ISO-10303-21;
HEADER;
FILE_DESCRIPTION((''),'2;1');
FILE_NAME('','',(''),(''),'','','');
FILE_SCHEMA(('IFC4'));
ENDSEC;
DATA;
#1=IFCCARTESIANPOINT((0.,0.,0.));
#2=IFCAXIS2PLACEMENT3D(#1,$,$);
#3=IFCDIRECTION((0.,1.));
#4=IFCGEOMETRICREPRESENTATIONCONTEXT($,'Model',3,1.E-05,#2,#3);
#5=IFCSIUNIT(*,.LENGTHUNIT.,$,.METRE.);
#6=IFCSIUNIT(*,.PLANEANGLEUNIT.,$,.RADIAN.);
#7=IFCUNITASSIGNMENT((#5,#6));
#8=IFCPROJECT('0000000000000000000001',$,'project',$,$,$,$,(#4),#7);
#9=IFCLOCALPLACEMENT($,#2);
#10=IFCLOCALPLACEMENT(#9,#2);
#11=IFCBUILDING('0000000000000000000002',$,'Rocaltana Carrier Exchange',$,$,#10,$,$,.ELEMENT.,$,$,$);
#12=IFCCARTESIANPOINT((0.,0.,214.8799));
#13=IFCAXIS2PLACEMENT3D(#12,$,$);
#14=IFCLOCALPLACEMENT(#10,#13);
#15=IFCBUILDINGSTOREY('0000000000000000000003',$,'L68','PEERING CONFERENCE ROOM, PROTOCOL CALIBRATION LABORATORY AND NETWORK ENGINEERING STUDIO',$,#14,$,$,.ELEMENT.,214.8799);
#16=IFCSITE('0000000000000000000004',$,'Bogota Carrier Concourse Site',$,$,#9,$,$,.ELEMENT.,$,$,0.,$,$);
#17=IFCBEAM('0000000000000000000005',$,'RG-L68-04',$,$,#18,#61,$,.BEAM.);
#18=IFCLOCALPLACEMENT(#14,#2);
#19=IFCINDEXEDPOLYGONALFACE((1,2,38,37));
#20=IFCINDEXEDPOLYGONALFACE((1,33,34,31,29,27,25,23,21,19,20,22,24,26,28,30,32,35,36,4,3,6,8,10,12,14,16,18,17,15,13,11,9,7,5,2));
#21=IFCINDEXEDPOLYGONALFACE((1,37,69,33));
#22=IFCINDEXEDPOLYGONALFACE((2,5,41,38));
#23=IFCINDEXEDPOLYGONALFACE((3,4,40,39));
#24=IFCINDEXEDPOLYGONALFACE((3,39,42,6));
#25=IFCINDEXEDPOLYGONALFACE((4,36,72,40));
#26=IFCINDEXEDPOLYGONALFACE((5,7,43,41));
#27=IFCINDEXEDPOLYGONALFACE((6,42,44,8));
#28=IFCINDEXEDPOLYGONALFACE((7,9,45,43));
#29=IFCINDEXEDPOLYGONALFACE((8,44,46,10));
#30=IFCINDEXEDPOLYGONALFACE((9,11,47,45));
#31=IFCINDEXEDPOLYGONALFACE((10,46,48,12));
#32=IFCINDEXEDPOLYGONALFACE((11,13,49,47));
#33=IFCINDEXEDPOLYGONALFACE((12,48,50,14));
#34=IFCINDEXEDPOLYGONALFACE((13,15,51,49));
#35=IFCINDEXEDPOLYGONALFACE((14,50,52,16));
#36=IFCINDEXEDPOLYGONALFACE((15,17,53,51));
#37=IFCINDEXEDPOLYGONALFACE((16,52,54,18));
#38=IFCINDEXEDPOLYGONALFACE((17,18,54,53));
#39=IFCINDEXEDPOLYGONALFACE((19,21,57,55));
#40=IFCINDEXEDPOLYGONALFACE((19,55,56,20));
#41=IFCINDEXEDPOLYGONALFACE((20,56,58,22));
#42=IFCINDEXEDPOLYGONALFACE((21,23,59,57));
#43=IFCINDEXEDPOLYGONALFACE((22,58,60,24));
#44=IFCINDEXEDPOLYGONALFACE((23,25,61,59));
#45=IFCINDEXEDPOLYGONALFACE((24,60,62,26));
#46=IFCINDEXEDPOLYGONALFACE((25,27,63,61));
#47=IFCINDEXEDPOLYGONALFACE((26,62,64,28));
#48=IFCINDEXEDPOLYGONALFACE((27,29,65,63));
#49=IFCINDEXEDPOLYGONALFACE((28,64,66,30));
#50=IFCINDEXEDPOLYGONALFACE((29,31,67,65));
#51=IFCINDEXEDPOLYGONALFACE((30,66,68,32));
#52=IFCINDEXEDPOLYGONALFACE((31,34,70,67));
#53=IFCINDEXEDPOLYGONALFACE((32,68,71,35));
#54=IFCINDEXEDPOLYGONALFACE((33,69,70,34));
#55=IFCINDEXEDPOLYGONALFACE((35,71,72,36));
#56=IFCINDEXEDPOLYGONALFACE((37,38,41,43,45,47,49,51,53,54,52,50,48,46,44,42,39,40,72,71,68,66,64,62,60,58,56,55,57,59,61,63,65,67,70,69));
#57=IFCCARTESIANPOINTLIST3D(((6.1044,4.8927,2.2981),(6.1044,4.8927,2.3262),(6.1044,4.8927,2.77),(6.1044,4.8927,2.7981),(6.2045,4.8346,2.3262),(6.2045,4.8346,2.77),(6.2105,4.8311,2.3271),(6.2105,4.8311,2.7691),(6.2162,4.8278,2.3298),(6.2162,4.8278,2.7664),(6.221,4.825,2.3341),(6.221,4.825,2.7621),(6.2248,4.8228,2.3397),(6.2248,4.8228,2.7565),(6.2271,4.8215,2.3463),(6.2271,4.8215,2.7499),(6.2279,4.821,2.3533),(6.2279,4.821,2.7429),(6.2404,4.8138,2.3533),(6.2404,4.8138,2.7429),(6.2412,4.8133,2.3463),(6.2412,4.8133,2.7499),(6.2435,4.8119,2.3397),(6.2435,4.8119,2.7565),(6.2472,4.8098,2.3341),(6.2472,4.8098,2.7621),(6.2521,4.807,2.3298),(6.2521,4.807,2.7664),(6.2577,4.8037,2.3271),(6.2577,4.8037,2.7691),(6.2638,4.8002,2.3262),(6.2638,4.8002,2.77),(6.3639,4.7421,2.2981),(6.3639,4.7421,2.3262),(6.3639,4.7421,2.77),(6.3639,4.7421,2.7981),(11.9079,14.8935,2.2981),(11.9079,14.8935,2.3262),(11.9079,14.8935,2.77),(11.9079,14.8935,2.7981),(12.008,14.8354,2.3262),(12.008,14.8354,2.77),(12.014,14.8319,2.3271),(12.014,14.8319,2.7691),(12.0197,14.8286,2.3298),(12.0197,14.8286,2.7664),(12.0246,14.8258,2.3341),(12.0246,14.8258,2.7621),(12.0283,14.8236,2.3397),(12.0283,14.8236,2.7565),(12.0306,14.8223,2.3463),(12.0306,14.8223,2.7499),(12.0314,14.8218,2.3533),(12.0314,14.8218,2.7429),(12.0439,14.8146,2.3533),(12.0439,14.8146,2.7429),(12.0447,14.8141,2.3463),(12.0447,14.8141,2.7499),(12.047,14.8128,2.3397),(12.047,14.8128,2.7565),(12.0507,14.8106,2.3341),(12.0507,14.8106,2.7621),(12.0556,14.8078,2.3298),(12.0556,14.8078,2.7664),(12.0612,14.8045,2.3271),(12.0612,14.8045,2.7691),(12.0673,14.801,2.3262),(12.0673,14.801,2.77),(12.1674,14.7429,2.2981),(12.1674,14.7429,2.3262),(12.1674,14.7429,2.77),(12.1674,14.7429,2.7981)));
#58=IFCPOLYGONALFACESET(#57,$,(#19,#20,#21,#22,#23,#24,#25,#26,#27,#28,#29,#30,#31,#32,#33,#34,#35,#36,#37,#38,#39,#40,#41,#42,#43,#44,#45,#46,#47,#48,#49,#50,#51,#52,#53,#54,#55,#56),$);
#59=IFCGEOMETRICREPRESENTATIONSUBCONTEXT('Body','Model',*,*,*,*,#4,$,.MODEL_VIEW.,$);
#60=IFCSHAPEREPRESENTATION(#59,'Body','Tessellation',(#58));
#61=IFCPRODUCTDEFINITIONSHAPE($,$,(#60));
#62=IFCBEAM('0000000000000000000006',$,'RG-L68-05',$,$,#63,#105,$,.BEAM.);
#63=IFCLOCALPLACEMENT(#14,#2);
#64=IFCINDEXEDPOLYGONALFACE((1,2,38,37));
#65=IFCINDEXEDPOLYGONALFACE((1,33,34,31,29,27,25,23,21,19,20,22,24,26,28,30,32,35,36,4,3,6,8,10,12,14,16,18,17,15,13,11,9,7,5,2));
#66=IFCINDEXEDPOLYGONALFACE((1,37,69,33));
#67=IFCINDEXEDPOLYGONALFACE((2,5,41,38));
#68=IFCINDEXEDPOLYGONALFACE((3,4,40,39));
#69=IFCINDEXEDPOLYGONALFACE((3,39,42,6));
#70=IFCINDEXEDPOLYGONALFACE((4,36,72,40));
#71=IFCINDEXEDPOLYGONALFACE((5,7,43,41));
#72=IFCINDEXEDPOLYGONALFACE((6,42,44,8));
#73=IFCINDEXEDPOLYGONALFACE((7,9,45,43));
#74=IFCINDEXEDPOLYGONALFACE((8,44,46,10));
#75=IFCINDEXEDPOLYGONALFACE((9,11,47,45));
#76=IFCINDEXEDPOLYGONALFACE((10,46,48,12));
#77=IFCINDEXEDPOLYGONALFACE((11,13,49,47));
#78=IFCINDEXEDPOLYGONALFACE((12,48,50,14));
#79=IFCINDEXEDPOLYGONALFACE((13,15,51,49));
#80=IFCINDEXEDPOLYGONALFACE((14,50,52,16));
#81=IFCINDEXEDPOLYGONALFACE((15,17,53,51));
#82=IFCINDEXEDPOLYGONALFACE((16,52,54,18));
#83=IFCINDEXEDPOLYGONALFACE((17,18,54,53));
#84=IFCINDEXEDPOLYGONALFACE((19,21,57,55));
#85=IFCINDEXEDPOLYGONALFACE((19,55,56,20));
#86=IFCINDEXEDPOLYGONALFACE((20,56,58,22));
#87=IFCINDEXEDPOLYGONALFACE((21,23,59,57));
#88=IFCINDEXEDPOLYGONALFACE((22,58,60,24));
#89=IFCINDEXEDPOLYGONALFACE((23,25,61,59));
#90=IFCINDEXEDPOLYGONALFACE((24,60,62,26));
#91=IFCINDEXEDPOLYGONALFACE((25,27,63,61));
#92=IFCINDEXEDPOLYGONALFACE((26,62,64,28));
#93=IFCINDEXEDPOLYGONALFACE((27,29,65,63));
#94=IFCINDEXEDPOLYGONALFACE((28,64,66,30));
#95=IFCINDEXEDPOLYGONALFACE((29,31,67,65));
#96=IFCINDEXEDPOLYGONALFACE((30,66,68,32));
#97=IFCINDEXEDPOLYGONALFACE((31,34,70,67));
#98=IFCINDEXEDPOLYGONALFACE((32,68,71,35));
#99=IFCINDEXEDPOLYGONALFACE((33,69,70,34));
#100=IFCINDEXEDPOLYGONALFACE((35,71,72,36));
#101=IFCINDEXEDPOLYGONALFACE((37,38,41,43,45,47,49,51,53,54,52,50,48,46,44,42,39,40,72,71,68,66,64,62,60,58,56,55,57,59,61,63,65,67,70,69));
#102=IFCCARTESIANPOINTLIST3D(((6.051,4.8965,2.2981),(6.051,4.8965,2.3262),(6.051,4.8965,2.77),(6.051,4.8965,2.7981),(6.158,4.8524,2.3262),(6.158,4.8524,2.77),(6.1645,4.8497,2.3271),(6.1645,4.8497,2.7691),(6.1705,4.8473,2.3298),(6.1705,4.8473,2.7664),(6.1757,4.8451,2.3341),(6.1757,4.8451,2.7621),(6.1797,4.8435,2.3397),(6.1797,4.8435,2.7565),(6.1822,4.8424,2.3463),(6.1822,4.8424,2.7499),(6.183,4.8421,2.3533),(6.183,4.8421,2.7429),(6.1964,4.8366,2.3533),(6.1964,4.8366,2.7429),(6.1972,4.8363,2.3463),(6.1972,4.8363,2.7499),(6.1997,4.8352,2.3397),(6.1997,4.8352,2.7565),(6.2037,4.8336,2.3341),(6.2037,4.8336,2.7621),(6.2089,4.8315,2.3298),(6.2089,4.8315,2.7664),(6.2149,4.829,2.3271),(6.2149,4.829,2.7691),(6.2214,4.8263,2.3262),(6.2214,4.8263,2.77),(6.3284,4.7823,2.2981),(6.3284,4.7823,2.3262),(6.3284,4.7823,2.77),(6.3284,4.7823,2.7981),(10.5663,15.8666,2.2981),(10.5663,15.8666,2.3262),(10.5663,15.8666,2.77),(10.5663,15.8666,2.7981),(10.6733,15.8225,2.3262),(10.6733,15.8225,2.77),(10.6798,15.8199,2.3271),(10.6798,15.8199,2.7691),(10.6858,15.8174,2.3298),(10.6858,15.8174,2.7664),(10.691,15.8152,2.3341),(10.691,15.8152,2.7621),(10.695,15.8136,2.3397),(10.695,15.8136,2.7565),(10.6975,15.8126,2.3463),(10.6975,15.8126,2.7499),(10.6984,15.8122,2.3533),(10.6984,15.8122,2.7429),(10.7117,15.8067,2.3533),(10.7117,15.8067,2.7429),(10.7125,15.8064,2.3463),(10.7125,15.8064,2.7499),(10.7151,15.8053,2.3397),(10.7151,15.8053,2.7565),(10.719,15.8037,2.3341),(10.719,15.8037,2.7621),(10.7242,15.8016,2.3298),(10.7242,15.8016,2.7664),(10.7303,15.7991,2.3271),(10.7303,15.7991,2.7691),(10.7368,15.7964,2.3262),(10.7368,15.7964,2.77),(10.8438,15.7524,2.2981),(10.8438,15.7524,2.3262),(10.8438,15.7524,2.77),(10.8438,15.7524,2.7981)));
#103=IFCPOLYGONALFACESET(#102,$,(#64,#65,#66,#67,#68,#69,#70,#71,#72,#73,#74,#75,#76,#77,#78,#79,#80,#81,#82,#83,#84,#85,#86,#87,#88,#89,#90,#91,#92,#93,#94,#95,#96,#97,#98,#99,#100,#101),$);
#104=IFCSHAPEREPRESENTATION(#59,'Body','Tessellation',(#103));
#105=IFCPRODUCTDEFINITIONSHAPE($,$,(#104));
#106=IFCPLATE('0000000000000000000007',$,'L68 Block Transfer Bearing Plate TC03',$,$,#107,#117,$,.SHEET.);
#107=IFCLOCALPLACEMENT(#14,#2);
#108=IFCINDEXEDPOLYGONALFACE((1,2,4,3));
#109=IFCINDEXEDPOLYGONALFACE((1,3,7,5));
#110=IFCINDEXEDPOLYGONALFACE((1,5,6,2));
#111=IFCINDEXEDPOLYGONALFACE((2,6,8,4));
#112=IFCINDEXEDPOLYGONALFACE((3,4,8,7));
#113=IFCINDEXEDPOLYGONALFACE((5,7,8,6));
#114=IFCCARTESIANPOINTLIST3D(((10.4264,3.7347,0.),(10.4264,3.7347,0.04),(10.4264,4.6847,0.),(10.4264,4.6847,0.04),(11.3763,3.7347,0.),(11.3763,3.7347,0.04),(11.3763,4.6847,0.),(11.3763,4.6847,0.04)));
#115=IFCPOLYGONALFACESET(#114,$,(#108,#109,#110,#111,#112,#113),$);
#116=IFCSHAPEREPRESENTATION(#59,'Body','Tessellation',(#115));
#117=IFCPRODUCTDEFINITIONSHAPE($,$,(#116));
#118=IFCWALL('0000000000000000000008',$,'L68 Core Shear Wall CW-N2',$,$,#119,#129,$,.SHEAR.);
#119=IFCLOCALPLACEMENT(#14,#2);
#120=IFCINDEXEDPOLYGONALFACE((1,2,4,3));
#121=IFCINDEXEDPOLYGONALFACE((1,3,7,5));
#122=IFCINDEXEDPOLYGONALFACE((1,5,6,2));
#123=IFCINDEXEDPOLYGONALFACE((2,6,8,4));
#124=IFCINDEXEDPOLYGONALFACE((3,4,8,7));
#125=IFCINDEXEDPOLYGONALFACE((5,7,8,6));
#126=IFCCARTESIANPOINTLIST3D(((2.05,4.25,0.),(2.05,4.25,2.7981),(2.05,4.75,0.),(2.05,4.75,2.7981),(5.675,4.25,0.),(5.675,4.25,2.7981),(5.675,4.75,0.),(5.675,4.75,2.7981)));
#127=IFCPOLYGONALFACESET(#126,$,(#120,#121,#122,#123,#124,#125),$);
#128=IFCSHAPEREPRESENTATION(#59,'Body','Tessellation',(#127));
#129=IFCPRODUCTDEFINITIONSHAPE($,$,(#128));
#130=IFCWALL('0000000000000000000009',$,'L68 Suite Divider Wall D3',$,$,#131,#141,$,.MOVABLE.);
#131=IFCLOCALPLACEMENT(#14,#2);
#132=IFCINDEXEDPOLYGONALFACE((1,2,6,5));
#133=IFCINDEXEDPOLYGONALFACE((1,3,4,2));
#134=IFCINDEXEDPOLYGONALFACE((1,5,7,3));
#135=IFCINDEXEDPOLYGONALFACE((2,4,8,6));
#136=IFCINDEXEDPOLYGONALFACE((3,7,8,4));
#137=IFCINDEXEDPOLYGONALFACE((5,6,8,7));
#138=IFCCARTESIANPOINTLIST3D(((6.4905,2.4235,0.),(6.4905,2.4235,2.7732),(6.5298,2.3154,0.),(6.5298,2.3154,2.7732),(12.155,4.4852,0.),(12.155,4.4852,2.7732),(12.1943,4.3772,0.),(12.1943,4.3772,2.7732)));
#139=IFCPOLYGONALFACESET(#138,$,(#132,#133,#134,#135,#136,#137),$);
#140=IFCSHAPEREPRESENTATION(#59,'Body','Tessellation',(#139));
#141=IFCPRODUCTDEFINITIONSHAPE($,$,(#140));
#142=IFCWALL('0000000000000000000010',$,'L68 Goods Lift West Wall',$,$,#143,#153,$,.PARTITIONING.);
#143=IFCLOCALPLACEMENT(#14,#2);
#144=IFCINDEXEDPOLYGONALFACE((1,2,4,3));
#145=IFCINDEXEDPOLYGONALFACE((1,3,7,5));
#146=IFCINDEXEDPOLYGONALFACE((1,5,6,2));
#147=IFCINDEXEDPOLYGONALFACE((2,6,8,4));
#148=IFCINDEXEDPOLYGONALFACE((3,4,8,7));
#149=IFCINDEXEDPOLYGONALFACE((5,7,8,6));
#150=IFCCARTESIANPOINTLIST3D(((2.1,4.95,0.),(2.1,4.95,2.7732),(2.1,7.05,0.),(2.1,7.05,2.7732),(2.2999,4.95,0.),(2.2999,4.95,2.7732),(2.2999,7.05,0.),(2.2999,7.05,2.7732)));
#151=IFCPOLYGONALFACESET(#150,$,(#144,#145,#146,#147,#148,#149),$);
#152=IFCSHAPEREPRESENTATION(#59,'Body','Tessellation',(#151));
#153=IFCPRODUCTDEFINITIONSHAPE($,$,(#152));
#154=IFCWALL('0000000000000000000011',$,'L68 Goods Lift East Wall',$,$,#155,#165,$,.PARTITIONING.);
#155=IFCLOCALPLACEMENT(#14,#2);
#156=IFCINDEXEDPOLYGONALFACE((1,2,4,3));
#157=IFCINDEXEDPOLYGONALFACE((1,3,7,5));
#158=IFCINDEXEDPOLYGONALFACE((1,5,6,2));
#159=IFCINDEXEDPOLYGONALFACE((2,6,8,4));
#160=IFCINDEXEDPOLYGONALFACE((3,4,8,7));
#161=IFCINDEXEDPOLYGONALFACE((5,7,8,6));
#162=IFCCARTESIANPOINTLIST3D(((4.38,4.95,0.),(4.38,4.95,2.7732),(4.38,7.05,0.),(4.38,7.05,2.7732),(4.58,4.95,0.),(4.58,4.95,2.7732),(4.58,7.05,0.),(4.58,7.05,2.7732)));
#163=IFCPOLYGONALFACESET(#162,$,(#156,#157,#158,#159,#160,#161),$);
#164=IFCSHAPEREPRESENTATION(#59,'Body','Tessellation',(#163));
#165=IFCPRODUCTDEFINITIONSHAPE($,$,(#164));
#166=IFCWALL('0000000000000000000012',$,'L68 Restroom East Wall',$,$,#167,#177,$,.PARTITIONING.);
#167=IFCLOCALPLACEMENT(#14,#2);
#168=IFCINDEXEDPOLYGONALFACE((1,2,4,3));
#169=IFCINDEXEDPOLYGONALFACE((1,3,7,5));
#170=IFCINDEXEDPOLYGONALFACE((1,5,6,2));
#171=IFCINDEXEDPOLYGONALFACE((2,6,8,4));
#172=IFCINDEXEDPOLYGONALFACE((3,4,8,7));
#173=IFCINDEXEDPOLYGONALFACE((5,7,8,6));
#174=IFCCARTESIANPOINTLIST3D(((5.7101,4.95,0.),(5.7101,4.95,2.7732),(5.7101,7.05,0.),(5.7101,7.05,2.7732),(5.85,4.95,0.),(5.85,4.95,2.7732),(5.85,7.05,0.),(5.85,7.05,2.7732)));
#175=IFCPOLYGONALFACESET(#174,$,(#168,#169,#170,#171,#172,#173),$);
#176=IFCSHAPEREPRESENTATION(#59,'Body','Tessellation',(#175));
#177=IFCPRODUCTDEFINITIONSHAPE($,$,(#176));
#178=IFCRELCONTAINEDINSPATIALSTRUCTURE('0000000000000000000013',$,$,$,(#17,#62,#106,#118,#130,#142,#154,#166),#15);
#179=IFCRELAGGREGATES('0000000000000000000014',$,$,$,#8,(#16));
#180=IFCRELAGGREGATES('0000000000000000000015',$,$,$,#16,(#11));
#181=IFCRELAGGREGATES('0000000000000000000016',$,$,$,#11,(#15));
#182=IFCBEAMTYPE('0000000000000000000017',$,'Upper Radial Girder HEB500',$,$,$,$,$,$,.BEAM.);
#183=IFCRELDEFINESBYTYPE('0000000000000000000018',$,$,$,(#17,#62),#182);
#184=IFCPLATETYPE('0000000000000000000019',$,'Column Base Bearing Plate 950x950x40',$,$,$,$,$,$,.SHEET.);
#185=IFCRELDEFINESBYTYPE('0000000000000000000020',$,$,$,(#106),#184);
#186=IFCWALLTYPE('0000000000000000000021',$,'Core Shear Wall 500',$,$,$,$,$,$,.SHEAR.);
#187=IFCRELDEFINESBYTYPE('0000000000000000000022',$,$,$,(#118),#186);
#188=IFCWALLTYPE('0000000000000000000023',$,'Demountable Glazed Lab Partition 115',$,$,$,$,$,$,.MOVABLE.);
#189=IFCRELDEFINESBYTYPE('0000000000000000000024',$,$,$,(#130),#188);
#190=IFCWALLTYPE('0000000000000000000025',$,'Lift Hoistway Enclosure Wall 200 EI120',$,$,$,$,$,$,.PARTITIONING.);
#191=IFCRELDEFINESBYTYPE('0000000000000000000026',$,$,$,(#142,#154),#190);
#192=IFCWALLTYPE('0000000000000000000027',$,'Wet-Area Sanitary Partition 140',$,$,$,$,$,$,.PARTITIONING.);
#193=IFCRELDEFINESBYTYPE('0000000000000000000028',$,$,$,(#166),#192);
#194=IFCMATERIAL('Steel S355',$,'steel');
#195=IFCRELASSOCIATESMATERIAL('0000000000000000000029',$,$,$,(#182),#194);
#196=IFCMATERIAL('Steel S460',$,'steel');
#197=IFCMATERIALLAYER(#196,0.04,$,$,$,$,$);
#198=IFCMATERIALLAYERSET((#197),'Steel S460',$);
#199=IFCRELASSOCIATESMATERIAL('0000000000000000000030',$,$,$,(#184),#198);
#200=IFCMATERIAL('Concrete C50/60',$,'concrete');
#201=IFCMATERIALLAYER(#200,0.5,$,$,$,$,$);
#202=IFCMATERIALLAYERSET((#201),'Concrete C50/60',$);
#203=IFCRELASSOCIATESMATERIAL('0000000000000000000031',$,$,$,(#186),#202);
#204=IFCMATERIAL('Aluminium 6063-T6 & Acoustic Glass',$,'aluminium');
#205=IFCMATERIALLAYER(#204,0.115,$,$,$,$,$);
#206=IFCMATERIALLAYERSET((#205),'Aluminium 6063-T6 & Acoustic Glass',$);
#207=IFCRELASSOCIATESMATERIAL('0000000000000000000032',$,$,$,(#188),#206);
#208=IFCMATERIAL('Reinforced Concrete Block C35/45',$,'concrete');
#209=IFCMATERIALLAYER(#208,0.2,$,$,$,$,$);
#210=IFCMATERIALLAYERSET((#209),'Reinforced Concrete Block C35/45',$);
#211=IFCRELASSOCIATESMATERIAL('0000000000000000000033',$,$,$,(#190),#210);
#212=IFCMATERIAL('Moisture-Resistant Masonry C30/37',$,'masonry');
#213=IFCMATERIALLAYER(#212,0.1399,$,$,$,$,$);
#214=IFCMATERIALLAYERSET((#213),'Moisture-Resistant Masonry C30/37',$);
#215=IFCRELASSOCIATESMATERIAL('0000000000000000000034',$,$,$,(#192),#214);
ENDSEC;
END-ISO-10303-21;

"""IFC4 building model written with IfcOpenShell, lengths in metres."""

from ifc_helpers import new_model, si_unit, direction, frame, frame_2d, origin, origin_2d, place, context, subcontext, project, spatial, rectangle, i_section, extrude, material, layer, layer_set, material_profile, profile_set, type_object, element, save


model = new_model("IFC4")

# Units and contexts
model_context = context("Model", 3, precision=1e-05, world=origin(), true_north=direction((0.0, 1.0)))
body_context = subcontext(model_context, "Body", "Model", "MODEL_VIEW")
ifc_project = project(units=[si_unit("LENGTHUNIT", "METRE"), si_unit("PLANEANGLEUNIT", "RADIAN")], contexts=[model_context])

# Site, building, storey
site_placement = place(None, origin())
site = spatial("IfcSite", under=ifc_project, at=site_placement, Name="Bogota Carrier Concourse Site", CompositionType="ELEMENT", RefElevation=0.0)
building_placement = place(site_placement, origin())
building = spatial("IfcBuilding", under=site, at=building_placement, Name="Rocaltana Carrier Exchange", CompositionType="ELEMENT")
storey_placement = place(building_placement, frame((0.0, 0.0, 214.8799)))
storey = spatial("IfcBuildingStorey", under=building, at=storey_placement, Name="L68", Description="PEERING CONFERENCE ROOM, PROTOCOL CALIBRATION LABORATORY AND NETWORK ENGINEERING STUDIO", CompositionType="ELEMENT", Elevation=214.8799)

# Beams
ifc_material_1 = material(Name="Steel S355", Category="steel")
ifc_material_profile_1 = material_profile(ifc_material_1, i_section(OverallWidth=0.3, OverallDepth=0.5, WebThickness=0.0144, FlangeThickness=0.0281, FilletRadius=0.0271, at=origin_2d()), Name="HEB500")
ifc_profile_set_1 = profile_set([ifc_material_profile_1], Name="Steel S355")
beam_type_1 = type_object("IfcBeamType", Name="Upper Radial Girder HEB500", PredefinedType="BEAM", material=ifc_profile_set_1)
beam_1_placement = place(storey_placement, frame((6.2341, 4.8174, 2.5481), z_axis=(0.501915, 0.864917, 0.0), x_axis=(-0.864917, 0.501915, 0.0)))
element("IfcBeam", 1, at=beam_1_placement, inside=storey, type_object=beam_type_1, Name="RG-L68-04", PredefinedType="BEAM", context=body_context, shape_type="SweptSolid", body=[
    extrude(i_section(OverallWidth=0.3, OverallDepth=0.5, WebThickness=0.0144, FlangeThickness=0.0281, FilletRadius=0.0271, at=origin_2d()), origin(), (0.0, 0.0, 1.0), 11.5627),
])
beam_2_placement = place(storey_placement, frame((6.1897, 4.8394, 2.5481), z_axis=(0.380622, 0.924731, 0.0), x_axis=(-0.924731, 0.380622, 0.0)))
element("IfcBeam", 2, at=beam_2_placement, inside=storey, type_object=beam_type_1, Name="RG-L68-05", PredefinedType="BEAM", context=body_context, shape_type="SweptSolid", body=[
    extrude(i_section(OverallWidth=0.3, OverallDepth=0.5, WebThickness=0.0144, FlangeThickness=0.0281, FilletRadius=0.0271, at=origin_2d()), origin(), (0.0, 0.0, 1.0), 11.863),
])

# Plate
ifc_material_2 = material(Name="Steel S460", Category="steel")
ifc_layer_1 = layer(ifc_material_2, 0.04)
ifc_layer_set_1 = layer_set([ifc_layer_1], Name="Steel S460")
plate_type = type_object("IfcPlateType", Name="Column Base Bearing Plate 950x950x40", PredefinedType="SHEET", material=ifc_layer_set_1)
plate_placement = place(storey_placement, frame((10.9014, 4.2097, 0.0), z_axis=(0.0, 0.0, 1.0), x_axis=(1.0, 0.0, 0.0)))
element("IfcPlate", 3, at=plate_placement, inside=storey, type_object=plate_type, Name="L68 Block Transfer Bearing Plate TC03", PredefinedType="SHEET", context=body_context, shape_type="SweptSolid", body=[
    extrude(rectangle(XDim=0.95, YDim=0.95, at=origin_2d()), origin(), (0.0, 0.0, 1.0), 0.04),
])

# Walls
ifc_material_3 = material(Name="Concrete C50/60", Category="concrete")
ifc_layer_2 = layer(ifc_material_3, 0.5)
ifc_layer_set_2 = layer_set([ifc_layer_2], Name="Concrete C50/60")
wall_type_1 = type_object("IfcWallType", Name="Core Shear Wall 500", PredefinedType="SHEAR", material=ifc_layer_set_2)
wall_1_placement = place(storey_placement, frame((2.05, 4.5, 0.0), z_axis=(0.0, 0.0, 1.0), x_axis=(1.0, 0.0, 0.0)))
element("IfcWall", 4, at=wall_1_placement, inside=storey, type_object=wall_type_1, Name="L68 Core Shear Wall CW-N2", PredefinedType="SHEAR", context=body_context, shape_type="SweptSolid", body=[
    extrude(rectangle(XDim=3.625, YDim=0.5, at=frame_2d((1.8125, 0.0))), origin(), (0.0, 0.0, 1.0), 2.7981),
])
ifc_material_4 = material(Name="Aluminium 6063-T6 & Acoustic Glass", Category="aluminium")
ifc_layer_3 = layer(ifc_material_4, 0.115)
ifc_layer_set_3 = layer_set([ifc_layer_3], Name="Aluminium 6063-T6 & Acoustic Glass")
wall_type_2 = type_object("IfcWallType", Name="Demountable Glazed Lab Partition 115", PredefinedType="MOVABLE", material=ifc_layer_set_3)
wall_2_placement = place(storey_placement, frame((6.51, 2.3694, 0.0), z_axis=(0.0, 0.0, 1.0), x_axis=(0.939691, 0.342026, 0.0)))
element("IfcWall", 5, at=wall_2_placement, inside=storey, type_object=wall_type_2, Name="L68 Suite Divider Wall D3", PredefinedType="MOVABLE", context=body_context, shape_type="SweptSolid", body=[
    extrude(rectangle(XDim=6.0281, YDim=0.115, at=frame_2d((3.0142, 0.0))), origin(), (0.0, 0.0, 1.0), 2.7732),
])
ifc_material_5 = material(Name="Reinforced Concrete Block C35/45", Category="concrete")
ifc_layer_4 = layer(ifc_material_5, 0.2)
ifc_layer_set_4 = layer_set([ifc_layer_4], Name="Reinforced Concrete Block C35/45")
wall_type_3 = type_object("IfcWallType", Name="Lift Hoistway Enclosure Wall 200 EI120", PredefinedType="PARTITIONING", material=ifc_layer_set_4)
for number, where, z_axis, x_axis, name in (
    (6, (2.2, 4.95, 0.0), (0.0, 0.0, 1.0), (0.0, 1.0, 0.0), "L68 Goods Lift West Wall"),
    (7, (4.48, 4.95, 0.0), (0.0, 0.0, 1.0), (0.0, 1.0, 0.0), "L68 Goods Lift East Wall"),
):
    element("IfcWall", number, at=place(storey_placement, frame(where, z_axis=z_axis, x_axis=x_axis)), inside=storey, type_object=wall_type_3, Name=name, PredefinedType="PARTITIONING", context=body_context, shape_type="SweptSolid", body=[
        extrude(rectangle(XDim=2.1001, YDim=0.2, at=frame_2d((1.05, 0.0))), origin(), (0.0, 0.0, 1.0), 2.7732),
    ])
ifc_material_6 = material(Name="Moisture-Resistant Masonry C30/37", Category="masonry")
ifc_layer_5 = layer(ifc_material_6, 0.1399)
ifc_layer_set_5 = layer_set([ifc_layer_5], Name="Moisture-Resistant Masonry C30/37")
wall_type_4 = type_object("IfcWallType", Name="Wet-Area Sanitary Partition 140", PredefinedType="PARTITIONING", material=ifc_layer_set_5)
wall_3_placement = place(storey_placement, frame((5.78, 4.95, 0.0), z_axis=(0.0, 0.0, 1.0), x_axis=(0.0, 1.0, 0.0)))
element("IfcWall", 8, at=wall_3_placement, inside=storey, type_object=wall_type_4, Name="L68 Restroom East Wall", PredefinedType="PARTITIONING", context=body_context, shape_type="SweptSolid", body=[
    extrude(rectangle(XDim=2.1001, YDim=0.1399, at=frame_2d((1.05, 0.0))), origin(), (0.0, 0.0, 1.0), 2.7732),
])

save(model, "model.ifc")
